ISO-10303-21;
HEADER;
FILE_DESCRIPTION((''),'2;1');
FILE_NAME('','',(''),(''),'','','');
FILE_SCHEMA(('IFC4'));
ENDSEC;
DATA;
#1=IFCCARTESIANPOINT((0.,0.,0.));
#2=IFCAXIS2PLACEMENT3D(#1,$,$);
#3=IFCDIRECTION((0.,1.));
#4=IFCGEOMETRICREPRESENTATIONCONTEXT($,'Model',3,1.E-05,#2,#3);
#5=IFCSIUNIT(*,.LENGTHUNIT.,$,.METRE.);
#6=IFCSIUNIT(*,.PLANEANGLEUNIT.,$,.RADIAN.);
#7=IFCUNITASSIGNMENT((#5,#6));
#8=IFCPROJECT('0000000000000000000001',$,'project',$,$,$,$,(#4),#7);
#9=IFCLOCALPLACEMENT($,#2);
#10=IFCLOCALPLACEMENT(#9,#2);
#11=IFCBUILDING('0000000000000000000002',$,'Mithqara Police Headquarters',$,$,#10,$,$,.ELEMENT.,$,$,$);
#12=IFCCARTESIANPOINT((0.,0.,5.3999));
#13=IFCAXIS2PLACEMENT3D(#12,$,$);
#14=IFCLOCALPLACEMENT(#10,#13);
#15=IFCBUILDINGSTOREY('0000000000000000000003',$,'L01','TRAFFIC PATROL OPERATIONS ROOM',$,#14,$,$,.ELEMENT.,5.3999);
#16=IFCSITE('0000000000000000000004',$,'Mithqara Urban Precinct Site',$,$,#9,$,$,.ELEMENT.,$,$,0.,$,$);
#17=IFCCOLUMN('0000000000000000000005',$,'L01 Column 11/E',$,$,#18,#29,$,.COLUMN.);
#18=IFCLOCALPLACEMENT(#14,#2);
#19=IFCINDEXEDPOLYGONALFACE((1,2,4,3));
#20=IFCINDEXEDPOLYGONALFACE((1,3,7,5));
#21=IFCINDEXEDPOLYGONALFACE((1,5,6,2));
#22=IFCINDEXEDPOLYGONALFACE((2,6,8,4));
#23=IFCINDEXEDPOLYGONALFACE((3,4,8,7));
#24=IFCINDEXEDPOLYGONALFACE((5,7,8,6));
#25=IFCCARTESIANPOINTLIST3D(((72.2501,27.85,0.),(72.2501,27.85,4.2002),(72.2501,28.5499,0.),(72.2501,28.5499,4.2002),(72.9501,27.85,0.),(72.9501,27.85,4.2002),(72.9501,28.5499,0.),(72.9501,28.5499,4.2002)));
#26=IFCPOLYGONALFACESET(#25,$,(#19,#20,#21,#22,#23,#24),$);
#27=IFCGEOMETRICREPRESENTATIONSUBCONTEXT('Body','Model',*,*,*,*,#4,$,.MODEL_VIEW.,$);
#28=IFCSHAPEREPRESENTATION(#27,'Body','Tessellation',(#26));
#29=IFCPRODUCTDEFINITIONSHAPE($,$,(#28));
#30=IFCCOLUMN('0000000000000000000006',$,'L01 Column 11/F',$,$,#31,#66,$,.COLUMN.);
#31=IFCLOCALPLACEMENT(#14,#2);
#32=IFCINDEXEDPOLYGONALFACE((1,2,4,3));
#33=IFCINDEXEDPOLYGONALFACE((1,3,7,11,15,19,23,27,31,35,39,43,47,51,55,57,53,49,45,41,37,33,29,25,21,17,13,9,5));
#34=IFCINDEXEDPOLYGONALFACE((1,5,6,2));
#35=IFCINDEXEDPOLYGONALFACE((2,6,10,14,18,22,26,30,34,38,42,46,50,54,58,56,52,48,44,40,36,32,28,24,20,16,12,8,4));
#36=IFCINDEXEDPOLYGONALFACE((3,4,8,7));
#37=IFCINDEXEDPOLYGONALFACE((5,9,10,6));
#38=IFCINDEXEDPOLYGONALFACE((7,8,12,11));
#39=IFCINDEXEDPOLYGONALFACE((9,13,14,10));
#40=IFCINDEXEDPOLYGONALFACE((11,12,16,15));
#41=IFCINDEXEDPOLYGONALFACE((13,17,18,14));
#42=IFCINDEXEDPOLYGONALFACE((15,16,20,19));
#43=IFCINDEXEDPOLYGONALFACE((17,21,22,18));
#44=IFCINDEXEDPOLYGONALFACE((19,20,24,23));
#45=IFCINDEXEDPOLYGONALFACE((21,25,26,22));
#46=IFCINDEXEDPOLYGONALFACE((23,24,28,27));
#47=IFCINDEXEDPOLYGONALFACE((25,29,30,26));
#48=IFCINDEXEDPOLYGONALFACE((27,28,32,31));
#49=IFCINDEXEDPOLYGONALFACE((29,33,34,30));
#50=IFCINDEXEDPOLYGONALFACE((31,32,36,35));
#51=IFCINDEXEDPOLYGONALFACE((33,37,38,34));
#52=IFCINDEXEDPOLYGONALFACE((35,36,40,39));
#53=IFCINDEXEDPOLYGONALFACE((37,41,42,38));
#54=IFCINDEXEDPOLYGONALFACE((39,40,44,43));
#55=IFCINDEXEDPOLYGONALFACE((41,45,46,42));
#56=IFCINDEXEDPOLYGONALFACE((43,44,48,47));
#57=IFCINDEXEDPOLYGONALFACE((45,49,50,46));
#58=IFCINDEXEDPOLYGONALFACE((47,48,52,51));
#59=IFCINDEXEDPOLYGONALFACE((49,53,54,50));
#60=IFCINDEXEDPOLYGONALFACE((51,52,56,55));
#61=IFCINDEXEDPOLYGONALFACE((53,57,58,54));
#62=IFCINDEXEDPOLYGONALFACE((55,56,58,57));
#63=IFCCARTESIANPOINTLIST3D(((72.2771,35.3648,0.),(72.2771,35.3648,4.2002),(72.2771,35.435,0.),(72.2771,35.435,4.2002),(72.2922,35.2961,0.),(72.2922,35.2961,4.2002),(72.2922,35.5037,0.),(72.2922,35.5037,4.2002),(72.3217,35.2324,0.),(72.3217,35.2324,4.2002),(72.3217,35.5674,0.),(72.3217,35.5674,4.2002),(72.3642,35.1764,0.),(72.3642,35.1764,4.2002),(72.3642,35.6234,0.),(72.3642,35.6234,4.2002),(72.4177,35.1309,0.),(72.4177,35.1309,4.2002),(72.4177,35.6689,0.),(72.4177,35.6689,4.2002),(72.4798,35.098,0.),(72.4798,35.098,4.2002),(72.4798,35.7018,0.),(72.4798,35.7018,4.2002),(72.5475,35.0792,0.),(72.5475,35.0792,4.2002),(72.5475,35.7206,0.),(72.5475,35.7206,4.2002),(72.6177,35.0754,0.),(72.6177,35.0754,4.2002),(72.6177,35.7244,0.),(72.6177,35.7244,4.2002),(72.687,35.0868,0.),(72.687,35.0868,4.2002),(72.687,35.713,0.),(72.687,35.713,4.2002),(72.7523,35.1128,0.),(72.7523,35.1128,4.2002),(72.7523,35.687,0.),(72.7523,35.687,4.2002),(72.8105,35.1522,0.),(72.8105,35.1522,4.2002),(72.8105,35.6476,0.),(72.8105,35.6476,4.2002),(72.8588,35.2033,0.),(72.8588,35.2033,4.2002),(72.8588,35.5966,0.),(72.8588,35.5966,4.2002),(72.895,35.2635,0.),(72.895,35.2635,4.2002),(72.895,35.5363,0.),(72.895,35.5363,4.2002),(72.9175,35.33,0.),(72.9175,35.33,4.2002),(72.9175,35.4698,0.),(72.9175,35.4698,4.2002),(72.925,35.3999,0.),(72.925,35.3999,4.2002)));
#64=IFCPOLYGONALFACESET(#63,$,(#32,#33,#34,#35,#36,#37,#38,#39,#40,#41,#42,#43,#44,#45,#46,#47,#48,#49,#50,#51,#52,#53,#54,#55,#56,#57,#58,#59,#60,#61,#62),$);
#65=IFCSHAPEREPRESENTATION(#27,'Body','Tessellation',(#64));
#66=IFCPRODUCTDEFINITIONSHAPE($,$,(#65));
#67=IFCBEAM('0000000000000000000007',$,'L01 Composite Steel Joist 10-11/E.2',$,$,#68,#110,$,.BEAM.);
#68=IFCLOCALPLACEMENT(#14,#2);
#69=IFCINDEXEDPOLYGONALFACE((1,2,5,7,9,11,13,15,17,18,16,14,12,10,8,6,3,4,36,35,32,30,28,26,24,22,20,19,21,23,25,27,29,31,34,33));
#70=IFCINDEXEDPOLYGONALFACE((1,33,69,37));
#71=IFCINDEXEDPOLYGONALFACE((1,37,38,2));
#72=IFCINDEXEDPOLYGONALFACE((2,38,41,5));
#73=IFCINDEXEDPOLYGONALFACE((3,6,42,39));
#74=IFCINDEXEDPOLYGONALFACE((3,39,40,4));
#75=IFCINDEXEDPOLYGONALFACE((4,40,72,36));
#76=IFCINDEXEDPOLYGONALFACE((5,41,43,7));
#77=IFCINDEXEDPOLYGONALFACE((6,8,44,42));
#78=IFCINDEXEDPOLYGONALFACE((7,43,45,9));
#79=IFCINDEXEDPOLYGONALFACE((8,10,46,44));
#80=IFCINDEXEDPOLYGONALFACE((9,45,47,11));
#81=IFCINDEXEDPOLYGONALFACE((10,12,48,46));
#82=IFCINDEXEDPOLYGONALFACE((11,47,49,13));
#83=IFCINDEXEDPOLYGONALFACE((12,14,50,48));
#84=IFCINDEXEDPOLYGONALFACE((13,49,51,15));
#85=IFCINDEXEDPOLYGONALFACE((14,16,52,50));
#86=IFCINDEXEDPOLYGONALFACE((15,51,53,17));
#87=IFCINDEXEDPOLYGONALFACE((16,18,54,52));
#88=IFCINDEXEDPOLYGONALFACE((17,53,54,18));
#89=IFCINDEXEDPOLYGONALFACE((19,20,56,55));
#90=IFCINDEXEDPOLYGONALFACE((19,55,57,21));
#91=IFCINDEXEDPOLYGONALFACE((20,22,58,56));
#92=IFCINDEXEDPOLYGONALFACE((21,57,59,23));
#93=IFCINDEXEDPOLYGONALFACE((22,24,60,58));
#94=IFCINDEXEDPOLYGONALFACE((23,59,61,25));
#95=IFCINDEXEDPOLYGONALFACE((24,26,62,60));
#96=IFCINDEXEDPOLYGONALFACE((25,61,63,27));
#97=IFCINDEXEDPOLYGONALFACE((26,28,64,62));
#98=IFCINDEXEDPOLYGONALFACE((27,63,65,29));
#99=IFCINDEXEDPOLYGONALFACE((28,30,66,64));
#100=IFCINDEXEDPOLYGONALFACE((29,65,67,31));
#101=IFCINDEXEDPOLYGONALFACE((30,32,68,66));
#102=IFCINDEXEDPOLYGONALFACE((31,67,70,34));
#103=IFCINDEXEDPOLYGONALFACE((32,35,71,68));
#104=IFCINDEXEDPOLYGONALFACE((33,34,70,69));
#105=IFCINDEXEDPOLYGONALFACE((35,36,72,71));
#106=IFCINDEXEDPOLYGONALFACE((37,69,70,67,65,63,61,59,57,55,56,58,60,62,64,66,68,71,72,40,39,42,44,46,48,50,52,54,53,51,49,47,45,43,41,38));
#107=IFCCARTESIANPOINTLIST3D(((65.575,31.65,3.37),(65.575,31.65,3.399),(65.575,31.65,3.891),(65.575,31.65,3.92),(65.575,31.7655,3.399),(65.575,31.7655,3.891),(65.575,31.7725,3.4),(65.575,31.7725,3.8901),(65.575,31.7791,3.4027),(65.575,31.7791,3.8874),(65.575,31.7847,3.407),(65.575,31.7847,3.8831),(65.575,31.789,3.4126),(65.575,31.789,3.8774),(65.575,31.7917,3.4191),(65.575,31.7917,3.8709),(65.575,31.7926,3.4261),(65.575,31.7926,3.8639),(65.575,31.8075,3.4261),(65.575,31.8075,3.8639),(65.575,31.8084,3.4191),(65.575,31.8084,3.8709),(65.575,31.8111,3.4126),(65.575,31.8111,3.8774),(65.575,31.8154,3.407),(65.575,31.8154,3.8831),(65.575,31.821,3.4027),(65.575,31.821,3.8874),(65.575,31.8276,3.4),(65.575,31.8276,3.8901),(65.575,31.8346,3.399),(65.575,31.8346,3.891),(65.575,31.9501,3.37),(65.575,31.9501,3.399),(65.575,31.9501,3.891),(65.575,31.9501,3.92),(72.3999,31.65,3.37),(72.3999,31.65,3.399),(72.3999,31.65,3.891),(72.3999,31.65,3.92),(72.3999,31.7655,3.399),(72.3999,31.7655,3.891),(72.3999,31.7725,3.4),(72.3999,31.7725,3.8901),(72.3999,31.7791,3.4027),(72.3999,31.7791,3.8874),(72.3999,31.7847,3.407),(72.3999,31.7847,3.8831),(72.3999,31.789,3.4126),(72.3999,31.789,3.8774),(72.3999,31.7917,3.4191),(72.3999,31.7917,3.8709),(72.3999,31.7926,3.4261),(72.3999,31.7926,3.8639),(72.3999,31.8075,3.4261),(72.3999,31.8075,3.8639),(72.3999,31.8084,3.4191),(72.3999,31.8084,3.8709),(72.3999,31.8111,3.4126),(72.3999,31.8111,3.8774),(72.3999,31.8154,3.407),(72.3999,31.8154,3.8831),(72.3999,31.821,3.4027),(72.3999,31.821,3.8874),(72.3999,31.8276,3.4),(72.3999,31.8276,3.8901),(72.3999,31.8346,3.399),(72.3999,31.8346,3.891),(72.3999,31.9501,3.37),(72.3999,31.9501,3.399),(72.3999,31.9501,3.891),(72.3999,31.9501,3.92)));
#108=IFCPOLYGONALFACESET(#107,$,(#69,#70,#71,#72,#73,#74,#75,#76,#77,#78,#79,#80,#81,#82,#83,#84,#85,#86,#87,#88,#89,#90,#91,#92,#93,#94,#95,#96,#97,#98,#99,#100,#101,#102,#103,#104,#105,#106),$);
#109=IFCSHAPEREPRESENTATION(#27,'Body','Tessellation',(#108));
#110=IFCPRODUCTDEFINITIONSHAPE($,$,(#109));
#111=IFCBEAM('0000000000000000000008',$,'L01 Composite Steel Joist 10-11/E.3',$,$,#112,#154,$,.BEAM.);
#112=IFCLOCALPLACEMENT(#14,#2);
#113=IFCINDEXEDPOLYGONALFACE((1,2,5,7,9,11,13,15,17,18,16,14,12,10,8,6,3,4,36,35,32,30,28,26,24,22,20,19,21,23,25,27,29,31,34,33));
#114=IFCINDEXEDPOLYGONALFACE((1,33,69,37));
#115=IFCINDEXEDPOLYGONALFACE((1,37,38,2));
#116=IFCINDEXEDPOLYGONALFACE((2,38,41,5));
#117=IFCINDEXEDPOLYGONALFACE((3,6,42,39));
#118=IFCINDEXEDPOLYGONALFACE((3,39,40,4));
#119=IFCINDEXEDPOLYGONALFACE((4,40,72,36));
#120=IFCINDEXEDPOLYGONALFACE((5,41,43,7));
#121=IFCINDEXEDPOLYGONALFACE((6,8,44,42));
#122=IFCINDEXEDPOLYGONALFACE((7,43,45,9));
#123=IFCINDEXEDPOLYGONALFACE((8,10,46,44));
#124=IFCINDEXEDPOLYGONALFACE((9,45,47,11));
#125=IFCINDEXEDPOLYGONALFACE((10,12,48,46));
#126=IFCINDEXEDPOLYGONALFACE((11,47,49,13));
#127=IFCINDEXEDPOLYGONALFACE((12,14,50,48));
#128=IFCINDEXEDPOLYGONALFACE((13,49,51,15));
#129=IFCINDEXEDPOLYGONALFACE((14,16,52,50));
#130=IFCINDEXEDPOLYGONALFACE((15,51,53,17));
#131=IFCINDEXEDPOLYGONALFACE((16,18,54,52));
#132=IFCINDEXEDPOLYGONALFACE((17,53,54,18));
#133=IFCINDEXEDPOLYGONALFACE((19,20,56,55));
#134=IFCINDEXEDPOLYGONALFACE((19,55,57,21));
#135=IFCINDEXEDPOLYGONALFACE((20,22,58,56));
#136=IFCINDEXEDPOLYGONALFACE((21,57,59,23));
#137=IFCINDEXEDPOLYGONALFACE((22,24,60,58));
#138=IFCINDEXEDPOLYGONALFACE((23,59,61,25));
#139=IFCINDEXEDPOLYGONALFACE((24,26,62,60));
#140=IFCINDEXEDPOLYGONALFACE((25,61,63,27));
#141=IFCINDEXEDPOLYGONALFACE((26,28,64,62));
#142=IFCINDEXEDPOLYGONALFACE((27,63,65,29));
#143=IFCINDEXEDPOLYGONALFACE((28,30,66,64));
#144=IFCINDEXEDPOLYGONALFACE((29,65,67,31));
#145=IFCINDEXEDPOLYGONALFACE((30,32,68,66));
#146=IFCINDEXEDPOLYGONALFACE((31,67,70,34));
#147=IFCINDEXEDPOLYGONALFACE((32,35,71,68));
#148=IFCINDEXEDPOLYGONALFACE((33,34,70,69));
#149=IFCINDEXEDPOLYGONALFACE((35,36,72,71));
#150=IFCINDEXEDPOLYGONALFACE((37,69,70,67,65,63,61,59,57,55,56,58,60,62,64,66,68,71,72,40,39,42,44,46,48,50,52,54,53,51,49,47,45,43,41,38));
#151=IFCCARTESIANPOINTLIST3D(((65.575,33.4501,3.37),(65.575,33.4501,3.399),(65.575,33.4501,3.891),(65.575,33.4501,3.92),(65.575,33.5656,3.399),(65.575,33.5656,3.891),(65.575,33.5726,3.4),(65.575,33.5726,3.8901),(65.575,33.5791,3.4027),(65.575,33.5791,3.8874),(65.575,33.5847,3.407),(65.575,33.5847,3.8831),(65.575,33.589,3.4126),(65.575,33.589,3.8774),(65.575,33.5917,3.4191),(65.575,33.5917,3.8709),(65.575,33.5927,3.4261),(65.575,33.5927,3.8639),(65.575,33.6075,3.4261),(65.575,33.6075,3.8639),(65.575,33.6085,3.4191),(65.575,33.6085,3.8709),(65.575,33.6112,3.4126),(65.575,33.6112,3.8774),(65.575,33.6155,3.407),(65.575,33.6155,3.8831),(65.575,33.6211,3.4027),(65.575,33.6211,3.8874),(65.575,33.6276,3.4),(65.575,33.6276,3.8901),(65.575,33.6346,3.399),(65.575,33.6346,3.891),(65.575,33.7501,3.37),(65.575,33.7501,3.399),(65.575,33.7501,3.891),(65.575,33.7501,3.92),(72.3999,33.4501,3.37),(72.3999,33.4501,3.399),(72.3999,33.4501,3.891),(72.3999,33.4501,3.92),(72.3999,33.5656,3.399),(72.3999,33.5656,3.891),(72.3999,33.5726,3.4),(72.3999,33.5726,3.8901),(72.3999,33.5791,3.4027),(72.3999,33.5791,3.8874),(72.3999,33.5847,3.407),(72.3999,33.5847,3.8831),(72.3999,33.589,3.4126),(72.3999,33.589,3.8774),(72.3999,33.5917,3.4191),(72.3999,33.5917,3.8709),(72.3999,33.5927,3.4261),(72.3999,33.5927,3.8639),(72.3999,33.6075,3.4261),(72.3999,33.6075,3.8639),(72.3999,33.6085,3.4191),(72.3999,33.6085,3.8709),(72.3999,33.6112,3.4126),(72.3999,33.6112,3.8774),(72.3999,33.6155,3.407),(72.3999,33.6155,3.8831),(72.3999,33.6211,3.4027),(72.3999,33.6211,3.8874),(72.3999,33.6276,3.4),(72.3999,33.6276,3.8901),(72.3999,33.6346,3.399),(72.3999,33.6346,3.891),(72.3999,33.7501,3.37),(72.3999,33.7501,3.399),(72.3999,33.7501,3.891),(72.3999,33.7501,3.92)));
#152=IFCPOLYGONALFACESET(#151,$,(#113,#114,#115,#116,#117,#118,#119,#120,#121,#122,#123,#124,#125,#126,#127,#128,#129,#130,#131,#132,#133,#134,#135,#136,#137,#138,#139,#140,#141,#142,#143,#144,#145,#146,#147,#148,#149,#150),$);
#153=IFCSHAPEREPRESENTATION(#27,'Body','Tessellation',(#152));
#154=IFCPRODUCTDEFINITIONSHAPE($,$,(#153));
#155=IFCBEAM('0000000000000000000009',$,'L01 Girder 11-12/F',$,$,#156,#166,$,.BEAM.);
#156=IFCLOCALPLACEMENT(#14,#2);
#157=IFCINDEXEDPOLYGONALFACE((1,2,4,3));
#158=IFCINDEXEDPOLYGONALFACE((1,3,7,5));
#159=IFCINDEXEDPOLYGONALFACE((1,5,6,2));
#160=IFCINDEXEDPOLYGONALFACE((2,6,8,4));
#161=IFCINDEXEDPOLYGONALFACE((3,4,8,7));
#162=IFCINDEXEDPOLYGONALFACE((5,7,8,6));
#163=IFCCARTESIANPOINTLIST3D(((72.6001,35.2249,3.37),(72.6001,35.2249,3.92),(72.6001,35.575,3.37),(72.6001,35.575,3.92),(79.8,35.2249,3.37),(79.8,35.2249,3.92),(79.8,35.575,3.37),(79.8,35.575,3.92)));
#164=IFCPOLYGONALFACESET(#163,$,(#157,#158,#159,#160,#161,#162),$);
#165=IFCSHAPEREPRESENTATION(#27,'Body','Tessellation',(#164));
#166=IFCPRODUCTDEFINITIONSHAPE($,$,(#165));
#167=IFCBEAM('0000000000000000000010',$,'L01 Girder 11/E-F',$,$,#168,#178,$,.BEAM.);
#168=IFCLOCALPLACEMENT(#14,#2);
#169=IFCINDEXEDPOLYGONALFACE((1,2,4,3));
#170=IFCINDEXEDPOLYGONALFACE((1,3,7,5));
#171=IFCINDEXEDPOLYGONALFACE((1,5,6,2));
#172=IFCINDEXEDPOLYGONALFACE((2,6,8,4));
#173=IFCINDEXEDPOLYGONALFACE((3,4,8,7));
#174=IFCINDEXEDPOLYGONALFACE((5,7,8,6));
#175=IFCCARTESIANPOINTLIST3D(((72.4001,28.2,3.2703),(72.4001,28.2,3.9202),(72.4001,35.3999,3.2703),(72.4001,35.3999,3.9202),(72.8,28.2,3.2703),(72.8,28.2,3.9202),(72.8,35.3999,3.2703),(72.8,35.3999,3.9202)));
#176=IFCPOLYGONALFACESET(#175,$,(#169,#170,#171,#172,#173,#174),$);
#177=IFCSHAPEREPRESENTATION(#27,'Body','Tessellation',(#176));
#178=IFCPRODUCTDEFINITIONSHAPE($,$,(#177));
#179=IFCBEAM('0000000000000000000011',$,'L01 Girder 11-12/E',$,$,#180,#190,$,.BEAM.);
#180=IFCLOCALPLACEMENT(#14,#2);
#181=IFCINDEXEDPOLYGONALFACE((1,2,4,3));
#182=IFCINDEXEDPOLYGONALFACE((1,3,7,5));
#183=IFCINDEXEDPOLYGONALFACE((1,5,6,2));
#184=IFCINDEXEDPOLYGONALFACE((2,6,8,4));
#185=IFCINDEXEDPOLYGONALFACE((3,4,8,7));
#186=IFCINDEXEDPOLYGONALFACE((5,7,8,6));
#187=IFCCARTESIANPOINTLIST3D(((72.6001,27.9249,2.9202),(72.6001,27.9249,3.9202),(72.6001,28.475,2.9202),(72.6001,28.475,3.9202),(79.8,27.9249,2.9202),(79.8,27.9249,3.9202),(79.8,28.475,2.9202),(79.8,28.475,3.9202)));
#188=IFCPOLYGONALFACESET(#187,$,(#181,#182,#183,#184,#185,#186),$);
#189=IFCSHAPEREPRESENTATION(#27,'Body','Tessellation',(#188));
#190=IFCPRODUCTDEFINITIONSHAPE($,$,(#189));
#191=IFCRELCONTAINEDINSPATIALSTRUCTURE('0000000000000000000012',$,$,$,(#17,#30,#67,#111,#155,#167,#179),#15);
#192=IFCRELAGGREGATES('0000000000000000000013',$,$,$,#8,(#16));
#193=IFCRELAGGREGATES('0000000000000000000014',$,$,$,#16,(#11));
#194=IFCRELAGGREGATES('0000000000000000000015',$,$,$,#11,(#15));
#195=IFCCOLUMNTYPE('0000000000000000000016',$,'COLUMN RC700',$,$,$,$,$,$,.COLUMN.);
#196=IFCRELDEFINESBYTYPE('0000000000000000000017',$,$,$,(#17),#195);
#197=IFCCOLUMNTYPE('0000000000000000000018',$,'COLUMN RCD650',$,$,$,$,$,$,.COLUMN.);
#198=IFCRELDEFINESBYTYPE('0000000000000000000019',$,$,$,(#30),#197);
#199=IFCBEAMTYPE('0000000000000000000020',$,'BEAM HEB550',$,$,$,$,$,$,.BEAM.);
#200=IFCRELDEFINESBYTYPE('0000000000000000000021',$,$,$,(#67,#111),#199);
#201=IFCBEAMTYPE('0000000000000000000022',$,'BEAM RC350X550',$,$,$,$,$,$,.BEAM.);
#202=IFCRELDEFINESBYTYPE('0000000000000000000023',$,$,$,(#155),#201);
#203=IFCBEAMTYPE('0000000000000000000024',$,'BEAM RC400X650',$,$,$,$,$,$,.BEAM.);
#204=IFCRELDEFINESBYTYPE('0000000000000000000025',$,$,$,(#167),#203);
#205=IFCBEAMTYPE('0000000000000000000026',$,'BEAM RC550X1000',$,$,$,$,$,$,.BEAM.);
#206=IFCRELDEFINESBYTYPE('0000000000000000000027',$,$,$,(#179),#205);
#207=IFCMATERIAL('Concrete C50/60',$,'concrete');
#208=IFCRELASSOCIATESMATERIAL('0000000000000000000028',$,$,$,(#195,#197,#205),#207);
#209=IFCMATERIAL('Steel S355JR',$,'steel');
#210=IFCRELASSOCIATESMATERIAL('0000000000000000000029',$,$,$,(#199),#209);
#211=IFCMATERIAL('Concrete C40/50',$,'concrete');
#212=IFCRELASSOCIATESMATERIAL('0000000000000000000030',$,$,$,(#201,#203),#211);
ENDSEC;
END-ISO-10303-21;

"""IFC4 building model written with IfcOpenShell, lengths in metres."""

from ifc_helpers import new_model, si_unit, direction, frame, origin, origin_2d, place, context, subcontext, project, spatial, rectangle, circle, i_section, extrude, material, material_profile, profile_set, type_object, element, save


model = new_model("IFC4")

# Units and contexts
model_context = context("Model", 3, precision=1e-05, world=origin(), true_north=direction((0.0, 1.0)))
body_context = subcontext(model_context, "Body", "Model", "MODEL_VIEW")
ifc_project = project(units=[si_unit("LENGTHUNIT", "METRE"), si_unit("PLANEANGLEUNIT", "RADIAN")], contexts=[model_context])

# Site, building, storey
site_placement = place(None, origin())
site = spatial("IfcSite", under=ifc_project, at=site_placement, Name="Mithqara Urban Precinct Site", CompositionType="ELEMENT", RefElevation=0.0)
building_placement = place(site_placement, origin())
building = spatial("IfcBuilding", under=site, at=building_placement, Name="Mithqara Police Headquarters", CompositionType="ELEMENT")
storey_placement = place(building_placement, frame((0.0, 0.0, 5.3999)))
storey = spatial("IfcBuildingStorey", under=building, at=storey_placement, Name="L01", Description="TRAFFIC PATROL OPERATIONS ROOM", CompositionType="ELEMENT", Elevation=5.3999)

# Columns
ifc_material_1 = material(Name="Concrete C50/60", Category="concrete")
ifc_material_profile_1 = material_profile(ifc_material_1, rectangle(XDim=0.7, YDim=0.7, at=origin_2d()), Name="RC 700x700")
ifc_profile_set_1 = profile_set([ifc_material_profile_1], Name="Concrete C50/60")
column_type_1 = type_object("IfcColumnType", Name="COLUMN RC700", PredefinedType="COLUMN", material=ifc_profile_set_1)
column_1_placement = place(storey_placement, frame((72.6001, 28.2, 0.0), z_axis=(0.0, 0.0, 1.0), x_axis=(1.0, 0.0, 0.0)))
element("IfcColumn", 1, at=column_1_placement, inside=storey, type_object=column_type_1, Name="L01 Column 11/E", PredefinedType="COLUMN", context=body_context, shape_type="SweptSolid", body=[
    extrude(rectangle(XDim=0.7, YDim=0.7, at=origin_2d()), origin(), (0.0, 0.0, 1.0), 4.2002),
])
ifc_material_profile_2 = material_profile(ifc_material_1, circle(Radius=0.325, at=origin_2d()), Name="RCD 650")
ifc_profile_set_2 = profile_set([ifc_material_profile_2], Name="Concrete C50/60")
column_type_2 = type_object("IfcColumnType", Name="COLUMN RCD650", PredefinedType="COLUMN", material=ifc_profile_set_2)
column_2_placement = place(storey_placement, frame((72.6001, 35.3999, 0.0), z_axis=(0.0, 0.0, 1.0), x_axis=(1.0, 0.0, 0.0)))
element("IfcColumn", 2, at=column_2_placement, inside=storey, type_object=column_type_2, Name="L01 Column 11/F", PredefinedType="COLUMN", context=body_context, shape_type="SweptSolid", body=[
    extrude(circle(Radius=0.325, at=origin_2d()), origin(), (0.0, 0.0, 1.0), 4.2002),
])

# Beams
ifc_material_2 = material(Name="Steel S355JR", Category="steel")
ifc_material_profile_3 = material_profile(ifc_material_2, i_section(OverallWidth=0.3, OverallDepth=0.55, WebThickness=0.0149, FlangeThickness=0.0291, FilletRadius=0.0271, at=origin_2d()), Name="HEB 550")
ifc_profile_set_3 = profile_set([ifc_material_profile_3], Name="Steel S355JR")
beam_type_1 = type_object("IfcBeamType", Name="BEAM HEB550", PredefinedType="BEAM", material=ifc_profile_set_3)
for number, where, z_axis, x_axis, name in (
    (3, (65.575, 31.8, 3.645), (1.0, 0.0, 0.0), (0.0, 1.0, 0.0), "L01 Composite Steel Joist 10-11/E.2"),
    (4, (65.575, 33.6001, 3.645), (1.0, 0.0, 0.0), (0.0, 1.0, 0.0), "L01 Composite Steel Joist 10-11/E.3"),
):
    element("IfcBeam", number, at=place(storey_placement, frame(where, z_axis=z_axis, x_axis=x_axis)), inside=storey, type_object=beam_type_1, Name=name, PredefinedType="BEAM", context=body_context, shape_type="SweptSolid", body=[
        extrude(i_section(OverallWidth=0.3, OverallDepth=0.55, WebThickness=0.0149, FlangeThickness=0.0291, FilletRadius=0.0271, at=origin_2d()), origin(), (0.0, 0.0, 1.0), 6.825),
    ])
ifc_material_3 = material(Name="Concrete C40/50", Category="concrete")
ifc_material_profile_4 = material_profile(ifc_material_3, rectangle(XDim=0.3501, YDim=0.55, at=origin_2d()), Name="RC 350x550")
ifc_profile_set_4 = profile_set([ifc_material_profile_4], Name="Concrete C40/50")
beam_type_2 = type_object("IfcBeamType", Name="BEAM RC350X550", PredefinedType="BEAM", material=ifc_profile_set_4)
beam_1_placement = place(storey_placement, frame((72.6001, 35.3999, 3.645), z_axis=(1.0, 0.0, 0.0), x_axis=(0.0, 1.0, 0.0)))
element("IfcBeam", 5, at=beam_1_placement, inside=storey, type_object=beam_type_2, Name="L01 Girder 11-12/F", PredefinedType="BEAM", context=body_context, shape_type="SweptSolid", body=[
    extrude(rectangle(XDim=0.3501, YDim=0.55, at=origin_2d()), origin(), (0.0, 0.0, 1.0), 7.2),
])
ifc_material_profile_5 = material_profile(ifc_material_3, rectangle(XDim=0.3999, YDim=0.6499, at=origin_2d()), Name="RC 400x650")
ifc_profile_set_5 = profile_set([ifc_material_profile_5], Name="Concrete C40/50")
beam_type_3 = type_object("IfcBeamType", Name="BEAM RC400X650", PredefinedType="BEAM", material=ifc_profile_set_5)
beam_2_placement = place(storey_placement, frame((72.6001, 28.2, 3.5952), z_axis=(0.0, 1.0, 0.0), x_axis=(-1.0, 0.0, 0.0)))
element("IfcBeam", 6, at=beam_2_placement, inside=storey, type_object=beam_type_3, Name="L01 Girder 11/E-F", PredefinedType="BEAM", context=body_context, shape_type="SweptSolid", body=[
    extrude(rectangle(XDim=0.3999, YDim=0.6499, at=origin_2d()), origin(), (0.0, 0.0, 1.0), 7.2),
])
ifc_material_profile_6 = material_profile(ifc_material_1, rectangle(XDim=0.55, YDim=1.0, at=origin_2d()), Name="RC 550x1000")
ifc_profile_set_6 = profile_set([ifc_material_profile_6], Name="Concrete C50/60")
beam_type_4 = type_object("IfcBeamType", Name="BEAM RC550X1000", PredefinedType="BEAM", material=ifc_profile_set_6)
beam_3_placement = place(storey_placement, frame((72.6001, 28.2, 3.4202), z_axis=(1.0, 0.0, 0.0), x_axis=(0.0, 1.0, 0.0)))
element("IfcBeam", 7, at=beam_3_placement, inside=storey, type_object=beam_type_4, Name="L01 Girder 11-12/E", PredefinedType="BEAM", context=body_context, shape_type="SweptSolid", body=[
    extrude(rectangle(XDim=0.55, YDim=1.0, at=origin_2d()), origin(), (0.0, 0.0, 1.0), 7.2),
])

save(model, "model.ifc")
